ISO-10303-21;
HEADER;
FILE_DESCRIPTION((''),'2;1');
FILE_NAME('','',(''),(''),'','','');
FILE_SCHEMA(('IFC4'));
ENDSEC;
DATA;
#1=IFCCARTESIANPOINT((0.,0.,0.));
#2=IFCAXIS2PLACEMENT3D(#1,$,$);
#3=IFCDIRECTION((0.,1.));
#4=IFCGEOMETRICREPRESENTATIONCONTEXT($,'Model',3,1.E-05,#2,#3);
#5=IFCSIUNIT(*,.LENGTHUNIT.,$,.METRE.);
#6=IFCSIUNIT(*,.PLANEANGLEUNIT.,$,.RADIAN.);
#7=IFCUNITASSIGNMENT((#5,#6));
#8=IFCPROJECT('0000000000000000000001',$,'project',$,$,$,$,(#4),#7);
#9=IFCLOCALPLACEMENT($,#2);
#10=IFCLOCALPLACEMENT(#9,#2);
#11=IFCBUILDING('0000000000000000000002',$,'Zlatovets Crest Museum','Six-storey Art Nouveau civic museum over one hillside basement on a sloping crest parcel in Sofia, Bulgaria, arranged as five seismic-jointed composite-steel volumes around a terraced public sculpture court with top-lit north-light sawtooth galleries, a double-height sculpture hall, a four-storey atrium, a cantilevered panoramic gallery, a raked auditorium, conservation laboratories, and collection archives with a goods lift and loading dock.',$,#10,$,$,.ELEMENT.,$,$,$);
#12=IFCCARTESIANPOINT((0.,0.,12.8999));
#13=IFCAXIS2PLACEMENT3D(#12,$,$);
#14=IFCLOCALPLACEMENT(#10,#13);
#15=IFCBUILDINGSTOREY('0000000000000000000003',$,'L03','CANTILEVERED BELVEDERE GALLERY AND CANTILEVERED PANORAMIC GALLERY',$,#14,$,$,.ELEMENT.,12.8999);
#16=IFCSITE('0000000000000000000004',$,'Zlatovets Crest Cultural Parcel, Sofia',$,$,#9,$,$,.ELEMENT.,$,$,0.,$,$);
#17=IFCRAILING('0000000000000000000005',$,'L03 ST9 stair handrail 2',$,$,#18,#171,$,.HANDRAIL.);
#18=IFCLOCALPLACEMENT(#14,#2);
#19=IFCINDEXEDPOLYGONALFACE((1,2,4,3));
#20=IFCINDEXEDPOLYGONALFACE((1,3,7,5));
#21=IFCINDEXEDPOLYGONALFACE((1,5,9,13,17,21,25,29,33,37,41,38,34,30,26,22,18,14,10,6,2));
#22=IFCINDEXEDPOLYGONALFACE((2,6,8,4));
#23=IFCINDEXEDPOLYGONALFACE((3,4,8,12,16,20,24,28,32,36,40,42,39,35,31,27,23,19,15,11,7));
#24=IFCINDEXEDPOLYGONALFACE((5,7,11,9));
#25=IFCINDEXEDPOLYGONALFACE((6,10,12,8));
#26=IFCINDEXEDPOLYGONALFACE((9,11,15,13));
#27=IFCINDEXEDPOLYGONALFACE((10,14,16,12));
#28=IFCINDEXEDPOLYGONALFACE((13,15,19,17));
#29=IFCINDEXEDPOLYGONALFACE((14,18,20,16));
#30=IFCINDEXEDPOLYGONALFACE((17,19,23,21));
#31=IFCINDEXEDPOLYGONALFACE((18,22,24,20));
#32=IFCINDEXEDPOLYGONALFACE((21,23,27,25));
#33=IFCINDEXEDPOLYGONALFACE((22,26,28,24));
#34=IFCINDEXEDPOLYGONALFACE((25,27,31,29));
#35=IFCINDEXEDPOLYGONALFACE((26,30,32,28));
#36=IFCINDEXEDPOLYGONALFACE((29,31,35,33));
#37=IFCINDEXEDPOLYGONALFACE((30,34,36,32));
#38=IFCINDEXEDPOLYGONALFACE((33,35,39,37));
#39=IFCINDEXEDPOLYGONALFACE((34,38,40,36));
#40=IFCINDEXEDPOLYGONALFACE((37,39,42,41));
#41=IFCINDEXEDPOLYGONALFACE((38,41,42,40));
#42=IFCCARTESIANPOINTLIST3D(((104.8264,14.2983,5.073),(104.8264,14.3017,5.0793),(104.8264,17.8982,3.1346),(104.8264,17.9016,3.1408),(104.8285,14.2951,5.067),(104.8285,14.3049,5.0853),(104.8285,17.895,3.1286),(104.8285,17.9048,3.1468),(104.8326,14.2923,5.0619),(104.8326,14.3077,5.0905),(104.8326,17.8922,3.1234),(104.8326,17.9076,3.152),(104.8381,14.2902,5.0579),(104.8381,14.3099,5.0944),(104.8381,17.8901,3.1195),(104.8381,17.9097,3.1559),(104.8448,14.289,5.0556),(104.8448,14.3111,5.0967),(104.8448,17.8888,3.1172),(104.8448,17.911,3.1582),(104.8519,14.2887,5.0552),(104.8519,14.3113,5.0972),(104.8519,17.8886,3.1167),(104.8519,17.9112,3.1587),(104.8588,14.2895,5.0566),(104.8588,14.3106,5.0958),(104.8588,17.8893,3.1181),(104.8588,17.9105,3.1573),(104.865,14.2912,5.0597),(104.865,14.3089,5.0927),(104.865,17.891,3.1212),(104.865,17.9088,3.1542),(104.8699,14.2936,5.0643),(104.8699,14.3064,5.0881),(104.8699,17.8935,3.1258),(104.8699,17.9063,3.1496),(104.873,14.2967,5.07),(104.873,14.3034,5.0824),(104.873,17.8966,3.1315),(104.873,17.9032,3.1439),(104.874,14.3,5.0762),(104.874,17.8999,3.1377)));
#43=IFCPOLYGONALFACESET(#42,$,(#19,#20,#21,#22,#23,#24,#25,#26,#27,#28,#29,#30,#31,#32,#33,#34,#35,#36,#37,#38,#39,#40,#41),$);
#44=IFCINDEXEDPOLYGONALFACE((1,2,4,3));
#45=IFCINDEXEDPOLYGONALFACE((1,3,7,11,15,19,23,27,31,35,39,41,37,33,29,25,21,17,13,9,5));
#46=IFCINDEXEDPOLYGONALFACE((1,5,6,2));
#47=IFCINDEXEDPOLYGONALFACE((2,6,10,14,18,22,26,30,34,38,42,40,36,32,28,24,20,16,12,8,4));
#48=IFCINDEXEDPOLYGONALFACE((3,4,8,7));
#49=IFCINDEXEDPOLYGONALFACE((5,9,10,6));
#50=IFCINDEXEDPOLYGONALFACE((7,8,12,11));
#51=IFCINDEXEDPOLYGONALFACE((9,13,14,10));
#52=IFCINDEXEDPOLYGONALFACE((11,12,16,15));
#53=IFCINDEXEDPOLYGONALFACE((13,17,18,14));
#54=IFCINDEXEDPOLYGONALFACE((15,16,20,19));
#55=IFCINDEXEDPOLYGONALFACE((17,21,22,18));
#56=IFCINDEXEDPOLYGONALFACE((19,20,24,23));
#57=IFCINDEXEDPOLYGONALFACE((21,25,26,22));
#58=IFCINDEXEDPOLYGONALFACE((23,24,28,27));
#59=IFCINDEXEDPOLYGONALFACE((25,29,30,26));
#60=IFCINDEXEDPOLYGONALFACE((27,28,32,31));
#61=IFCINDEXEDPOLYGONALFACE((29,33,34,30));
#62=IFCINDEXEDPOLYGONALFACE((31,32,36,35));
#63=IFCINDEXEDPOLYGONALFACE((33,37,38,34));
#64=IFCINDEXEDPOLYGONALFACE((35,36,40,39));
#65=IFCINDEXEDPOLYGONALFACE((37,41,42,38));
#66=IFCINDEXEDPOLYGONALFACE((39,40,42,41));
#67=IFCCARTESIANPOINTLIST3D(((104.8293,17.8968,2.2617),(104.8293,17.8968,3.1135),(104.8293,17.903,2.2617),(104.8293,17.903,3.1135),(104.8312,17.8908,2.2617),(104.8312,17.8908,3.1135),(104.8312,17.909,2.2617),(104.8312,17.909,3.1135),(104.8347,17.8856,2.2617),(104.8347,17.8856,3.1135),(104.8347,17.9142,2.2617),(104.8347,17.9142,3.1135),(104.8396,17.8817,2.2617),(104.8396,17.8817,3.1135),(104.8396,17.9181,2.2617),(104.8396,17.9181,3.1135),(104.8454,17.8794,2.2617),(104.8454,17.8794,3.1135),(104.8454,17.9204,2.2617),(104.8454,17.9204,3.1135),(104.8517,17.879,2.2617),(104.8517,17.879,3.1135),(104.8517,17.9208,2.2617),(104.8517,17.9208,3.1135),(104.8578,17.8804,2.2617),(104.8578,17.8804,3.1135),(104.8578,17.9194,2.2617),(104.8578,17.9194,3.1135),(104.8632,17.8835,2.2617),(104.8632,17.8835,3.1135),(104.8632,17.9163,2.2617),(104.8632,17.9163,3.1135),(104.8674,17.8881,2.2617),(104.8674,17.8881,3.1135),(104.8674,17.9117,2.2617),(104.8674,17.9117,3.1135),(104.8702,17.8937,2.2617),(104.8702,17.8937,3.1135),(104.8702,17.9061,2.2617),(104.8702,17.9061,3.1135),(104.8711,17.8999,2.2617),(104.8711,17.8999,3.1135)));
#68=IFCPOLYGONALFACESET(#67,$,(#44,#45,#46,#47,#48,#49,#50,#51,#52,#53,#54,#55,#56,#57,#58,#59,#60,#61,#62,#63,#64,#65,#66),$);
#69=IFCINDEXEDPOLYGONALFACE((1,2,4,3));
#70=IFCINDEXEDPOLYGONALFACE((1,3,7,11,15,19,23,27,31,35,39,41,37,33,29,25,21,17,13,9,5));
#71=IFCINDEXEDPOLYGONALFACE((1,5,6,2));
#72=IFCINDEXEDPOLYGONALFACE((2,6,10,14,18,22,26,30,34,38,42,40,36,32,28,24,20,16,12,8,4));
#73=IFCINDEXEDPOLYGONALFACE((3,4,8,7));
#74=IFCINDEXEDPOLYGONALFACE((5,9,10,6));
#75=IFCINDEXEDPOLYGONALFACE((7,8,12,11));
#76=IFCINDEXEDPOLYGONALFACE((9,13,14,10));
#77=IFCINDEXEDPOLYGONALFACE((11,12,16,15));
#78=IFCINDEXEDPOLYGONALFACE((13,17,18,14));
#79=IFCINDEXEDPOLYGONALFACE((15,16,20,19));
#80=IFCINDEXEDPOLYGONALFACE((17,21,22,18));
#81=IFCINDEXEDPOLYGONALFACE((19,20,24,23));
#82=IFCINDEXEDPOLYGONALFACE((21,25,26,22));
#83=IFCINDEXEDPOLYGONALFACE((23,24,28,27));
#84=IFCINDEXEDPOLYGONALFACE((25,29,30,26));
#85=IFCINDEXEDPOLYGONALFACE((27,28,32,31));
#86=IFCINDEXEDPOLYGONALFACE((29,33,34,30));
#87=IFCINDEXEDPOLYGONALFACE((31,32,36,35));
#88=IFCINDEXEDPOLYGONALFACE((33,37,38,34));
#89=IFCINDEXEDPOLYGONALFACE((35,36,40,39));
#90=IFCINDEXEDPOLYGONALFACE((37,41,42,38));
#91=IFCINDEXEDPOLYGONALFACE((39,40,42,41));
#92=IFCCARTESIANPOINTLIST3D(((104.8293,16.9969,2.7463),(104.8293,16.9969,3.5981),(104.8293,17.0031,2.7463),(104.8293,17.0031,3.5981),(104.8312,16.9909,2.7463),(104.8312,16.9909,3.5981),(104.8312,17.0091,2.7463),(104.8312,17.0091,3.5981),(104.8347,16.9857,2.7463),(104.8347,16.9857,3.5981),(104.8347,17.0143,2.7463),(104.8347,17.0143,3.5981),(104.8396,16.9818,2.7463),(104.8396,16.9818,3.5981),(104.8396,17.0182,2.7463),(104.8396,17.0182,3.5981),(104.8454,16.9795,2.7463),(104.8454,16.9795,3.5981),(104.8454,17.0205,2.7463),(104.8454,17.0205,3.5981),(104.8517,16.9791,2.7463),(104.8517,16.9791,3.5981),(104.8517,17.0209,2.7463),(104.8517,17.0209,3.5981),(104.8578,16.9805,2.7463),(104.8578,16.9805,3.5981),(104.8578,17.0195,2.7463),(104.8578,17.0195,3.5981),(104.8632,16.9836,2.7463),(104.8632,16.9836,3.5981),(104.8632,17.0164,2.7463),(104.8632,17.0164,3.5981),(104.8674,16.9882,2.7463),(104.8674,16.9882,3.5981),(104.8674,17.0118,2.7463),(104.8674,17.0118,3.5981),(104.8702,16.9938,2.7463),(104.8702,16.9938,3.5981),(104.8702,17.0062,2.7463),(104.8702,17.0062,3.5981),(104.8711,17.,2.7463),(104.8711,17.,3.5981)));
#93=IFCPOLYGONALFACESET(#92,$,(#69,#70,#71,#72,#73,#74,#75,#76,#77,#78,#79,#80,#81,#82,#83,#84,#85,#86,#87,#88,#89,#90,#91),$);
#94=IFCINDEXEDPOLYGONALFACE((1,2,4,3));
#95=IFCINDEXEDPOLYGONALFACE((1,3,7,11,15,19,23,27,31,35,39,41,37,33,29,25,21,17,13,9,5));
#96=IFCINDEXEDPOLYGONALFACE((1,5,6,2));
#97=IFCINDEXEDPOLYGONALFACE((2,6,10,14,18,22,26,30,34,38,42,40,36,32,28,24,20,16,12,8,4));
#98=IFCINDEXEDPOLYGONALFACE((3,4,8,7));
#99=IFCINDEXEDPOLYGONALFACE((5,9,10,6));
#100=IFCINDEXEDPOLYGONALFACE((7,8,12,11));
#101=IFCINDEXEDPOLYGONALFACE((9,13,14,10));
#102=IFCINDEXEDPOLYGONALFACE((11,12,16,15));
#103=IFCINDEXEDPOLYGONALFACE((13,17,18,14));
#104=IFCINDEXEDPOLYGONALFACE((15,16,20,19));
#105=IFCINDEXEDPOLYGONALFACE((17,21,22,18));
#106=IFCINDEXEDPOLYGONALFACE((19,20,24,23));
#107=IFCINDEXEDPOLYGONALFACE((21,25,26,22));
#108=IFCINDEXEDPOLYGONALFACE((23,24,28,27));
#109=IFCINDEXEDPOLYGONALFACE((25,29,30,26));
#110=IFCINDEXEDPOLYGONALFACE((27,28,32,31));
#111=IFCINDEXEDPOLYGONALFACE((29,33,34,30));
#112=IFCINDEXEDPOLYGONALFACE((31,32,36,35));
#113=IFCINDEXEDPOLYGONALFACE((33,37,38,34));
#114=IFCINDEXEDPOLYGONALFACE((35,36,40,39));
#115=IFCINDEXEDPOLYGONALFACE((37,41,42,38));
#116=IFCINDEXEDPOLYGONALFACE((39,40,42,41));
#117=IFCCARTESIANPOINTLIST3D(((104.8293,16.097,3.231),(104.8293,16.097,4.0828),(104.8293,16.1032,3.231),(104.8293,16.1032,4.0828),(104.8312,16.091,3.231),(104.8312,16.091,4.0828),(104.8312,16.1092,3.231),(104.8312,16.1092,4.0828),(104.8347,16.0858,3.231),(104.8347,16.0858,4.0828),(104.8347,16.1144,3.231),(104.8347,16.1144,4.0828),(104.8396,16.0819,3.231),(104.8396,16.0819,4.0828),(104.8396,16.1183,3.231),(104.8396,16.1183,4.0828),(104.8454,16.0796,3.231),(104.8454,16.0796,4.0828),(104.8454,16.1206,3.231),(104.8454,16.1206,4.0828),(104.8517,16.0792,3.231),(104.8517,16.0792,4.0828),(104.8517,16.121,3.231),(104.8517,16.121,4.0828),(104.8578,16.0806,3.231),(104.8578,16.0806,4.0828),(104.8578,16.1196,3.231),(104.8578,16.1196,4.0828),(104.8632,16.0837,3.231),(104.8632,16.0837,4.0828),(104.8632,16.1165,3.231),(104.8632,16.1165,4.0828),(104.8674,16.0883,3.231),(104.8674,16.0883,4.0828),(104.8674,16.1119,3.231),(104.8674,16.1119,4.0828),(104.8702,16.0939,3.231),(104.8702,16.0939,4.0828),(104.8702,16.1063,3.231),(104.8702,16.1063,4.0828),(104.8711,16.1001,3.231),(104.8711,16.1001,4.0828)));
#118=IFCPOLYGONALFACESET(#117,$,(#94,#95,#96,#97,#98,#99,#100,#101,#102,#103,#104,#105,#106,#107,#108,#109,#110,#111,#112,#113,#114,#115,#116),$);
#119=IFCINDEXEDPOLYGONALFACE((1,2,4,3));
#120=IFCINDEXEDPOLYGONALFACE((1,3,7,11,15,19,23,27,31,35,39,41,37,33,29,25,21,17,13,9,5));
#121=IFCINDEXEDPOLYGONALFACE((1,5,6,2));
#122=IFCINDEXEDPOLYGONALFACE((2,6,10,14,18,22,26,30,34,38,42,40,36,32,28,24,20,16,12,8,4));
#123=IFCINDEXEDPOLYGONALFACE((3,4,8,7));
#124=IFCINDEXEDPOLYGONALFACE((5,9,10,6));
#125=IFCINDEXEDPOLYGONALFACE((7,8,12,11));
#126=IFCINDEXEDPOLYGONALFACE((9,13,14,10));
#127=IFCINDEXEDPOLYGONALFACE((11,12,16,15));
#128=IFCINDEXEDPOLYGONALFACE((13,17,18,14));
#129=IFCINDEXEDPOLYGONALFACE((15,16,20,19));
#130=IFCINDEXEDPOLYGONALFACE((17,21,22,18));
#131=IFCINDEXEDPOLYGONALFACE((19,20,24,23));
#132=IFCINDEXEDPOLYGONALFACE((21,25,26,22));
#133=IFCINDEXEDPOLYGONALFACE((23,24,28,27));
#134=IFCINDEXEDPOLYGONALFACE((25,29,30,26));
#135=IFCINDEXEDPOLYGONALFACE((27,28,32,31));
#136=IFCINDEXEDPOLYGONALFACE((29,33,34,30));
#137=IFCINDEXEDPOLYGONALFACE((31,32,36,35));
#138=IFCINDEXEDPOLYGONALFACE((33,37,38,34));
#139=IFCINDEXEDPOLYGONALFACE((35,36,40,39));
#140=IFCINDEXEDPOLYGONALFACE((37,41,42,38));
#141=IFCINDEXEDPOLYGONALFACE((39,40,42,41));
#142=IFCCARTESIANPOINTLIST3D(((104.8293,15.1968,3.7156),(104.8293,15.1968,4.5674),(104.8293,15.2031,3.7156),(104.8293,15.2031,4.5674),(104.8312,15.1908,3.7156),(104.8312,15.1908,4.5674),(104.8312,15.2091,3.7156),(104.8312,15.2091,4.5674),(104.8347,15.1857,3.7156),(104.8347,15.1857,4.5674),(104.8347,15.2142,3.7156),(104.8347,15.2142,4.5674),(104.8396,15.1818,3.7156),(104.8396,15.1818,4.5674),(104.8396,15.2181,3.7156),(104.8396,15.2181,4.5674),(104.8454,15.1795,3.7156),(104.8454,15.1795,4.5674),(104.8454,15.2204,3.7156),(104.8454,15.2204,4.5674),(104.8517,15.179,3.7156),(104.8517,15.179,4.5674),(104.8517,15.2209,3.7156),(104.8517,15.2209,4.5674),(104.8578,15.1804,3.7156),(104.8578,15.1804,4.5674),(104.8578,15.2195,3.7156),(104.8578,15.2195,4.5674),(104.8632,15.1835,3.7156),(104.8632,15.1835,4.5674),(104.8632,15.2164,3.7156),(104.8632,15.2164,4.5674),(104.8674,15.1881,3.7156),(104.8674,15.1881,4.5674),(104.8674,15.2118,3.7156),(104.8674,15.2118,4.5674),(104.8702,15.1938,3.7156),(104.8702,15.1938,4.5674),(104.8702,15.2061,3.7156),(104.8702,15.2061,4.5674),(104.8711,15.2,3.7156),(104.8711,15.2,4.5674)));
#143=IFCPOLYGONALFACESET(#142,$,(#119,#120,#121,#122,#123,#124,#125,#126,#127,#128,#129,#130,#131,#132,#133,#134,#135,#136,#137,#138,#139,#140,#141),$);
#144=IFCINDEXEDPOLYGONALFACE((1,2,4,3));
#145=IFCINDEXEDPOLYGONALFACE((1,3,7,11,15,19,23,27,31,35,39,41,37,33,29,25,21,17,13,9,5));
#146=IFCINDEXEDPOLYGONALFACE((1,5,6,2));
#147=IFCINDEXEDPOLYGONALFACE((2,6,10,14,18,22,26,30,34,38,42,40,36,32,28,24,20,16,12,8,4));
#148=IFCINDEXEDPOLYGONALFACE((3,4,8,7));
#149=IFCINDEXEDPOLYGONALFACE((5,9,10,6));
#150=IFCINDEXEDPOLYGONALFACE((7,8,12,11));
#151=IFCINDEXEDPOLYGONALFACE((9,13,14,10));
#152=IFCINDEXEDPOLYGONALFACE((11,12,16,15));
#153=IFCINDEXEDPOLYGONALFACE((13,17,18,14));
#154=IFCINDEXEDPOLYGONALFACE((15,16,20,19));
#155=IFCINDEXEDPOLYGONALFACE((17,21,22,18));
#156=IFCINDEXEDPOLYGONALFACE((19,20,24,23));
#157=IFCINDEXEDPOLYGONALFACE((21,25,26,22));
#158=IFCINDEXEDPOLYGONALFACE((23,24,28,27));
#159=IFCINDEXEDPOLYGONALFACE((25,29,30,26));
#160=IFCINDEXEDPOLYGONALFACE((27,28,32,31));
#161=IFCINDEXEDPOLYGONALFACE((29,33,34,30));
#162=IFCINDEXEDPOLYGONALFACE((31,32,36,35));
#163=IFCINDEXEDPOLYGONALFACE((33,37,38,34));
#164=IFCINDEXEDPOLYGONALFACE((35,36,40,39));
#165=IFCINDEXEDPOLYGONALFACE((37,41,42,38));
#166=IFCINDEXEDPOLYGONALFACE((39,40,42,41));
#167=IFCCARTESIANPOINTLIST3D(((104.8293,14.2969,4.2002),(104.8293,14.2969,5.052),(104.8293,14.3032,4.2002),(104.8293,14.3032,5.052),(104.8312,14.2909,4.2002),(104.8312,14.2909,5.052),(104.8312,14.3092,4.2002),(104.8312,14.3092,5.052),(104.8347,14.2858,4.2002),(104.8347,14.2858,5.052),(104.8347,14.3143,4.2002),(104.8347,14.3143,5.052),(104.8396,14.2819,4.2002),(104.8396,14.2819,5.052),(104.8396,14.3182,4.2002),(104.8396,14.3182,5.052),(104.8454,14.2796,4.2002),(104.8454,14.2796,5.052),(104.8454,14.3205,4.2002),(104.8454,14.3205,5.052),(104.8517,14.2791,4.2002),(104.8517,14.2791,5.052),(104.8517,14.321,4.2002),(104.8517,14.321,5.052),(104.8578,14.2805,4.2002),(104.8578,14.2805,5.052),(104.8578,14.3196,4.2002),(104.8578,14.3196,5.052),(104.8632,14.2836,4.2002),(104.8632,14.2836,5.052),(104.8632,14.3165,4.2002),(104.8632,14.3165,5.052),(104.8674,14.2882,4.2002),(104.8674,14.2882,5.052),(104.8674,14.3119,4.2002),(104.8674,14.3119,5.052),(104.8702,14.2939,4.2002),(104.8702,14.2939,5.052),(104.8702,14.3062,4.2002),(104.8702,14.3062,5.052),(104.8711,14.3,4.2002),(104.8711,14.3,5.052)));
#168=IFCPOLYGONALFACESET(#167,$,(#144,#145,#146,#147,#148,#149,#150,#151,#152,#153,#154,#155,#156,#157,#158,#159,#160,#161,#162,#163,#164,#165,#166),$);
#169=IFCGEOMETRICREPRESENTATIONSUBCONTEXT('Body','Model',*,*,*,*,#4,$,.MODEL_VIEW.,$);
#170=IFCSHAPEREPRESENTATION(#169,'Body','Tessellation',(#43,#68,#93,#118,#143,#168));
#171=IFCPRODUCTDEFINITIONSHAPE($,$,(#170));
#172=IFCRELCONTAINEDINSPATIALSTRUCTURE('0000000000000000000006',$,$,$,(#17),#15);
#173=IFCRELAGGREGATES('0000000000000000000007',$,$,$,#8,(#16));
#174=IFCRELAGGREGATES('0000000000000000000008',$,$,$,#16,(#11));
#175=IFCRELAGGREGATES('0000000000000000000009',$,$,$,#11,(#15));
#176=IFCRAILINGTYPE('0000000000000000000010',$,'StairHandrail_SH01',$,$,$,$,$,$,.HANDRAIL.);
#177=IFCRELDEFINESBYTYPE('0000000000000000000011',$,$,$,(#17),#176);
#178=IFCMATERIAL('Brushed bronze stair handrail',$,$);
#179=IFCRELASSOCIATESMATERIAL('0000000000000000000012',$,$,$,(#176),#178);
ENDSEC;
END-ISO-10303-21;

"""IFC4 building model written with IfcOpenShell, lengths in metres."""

from ifc_helpers import new_model, si_unit, direction, frame, origin, origin_2d, place, context, subcontext, project, spatial, circle, extrude, material, type_object, element, save


model = new_model("IFC4")

# Units and contexts
model_context = context("Model", 3, precision=1e-05, world=origin(), true_north=direction((0.0, 1.0)))
body_context = subcontext(model_context, "Body", "Model", "MODEL_VIEW")
ifc_project = project(units=[si_unit("LENGTHUNIT", "METRE"), si_unit("PLANEANGLEUNIT", "RADIAN")], contexts=[model_context])

# Site, building, storey
site_placement = place(None, origin())
site = spatial("IfcSite", under=ifc_project, at=site_placement, Name="Zlatovets Crest Cultural Parcel, Sofia", CompositionType="ELEMENT", RefElevation=0.0)
building_placement = place(site_placement, origin())
building = spatial("IfcBuilding", under=site, at=building_placement, Name="Zlatovets Crest Museum", Description="Six-storey Art Nouveau civic museum over one hillside basement on a sloping crest parcel in Sofia, Bulgaria, arranged as five seismic-jointed composite-steel volumes around a terraced public sculpture court with top-lit north-light sawtooth galleries, a double-height sculpture hall, a four-storey atrium, a cantilevered panoramic gallery, a raked auditorium, conservation laboratories, and collection archives with a goods lift and loading dock.", CompositionType="ELEMENT")
storey_placement = place(building_placement, frame((0.0, 0.0, 12.8999)))
storey = spatial("IfcBuildingStorey", under=building, at=storey_placement, Name="L03", Description="CANTILEVERED BELVEDERE GALLERY AND CANTILEVERED PANORAMIC GALLERY", CompositionType="ELEMENT", Elevation=12.8999)

# Railing
ifc_material_1 = material(Name="Brushed bronze stair handrail")
railing_type_1 = type_object("IfcRailingType", Name="StairHandrail_SH01", PredefinedType="HANDRAIL", material=ifc_material_1)
railing_1_placement = place(storey_placement, frame((104.8501, 17.8999, 2.2617)))
element("IfcRailing", 1, at=railing_1_placement, inside=storey, type_object=railing_type_1, Name="L03 ST9 stair handrail 2", PredefinedType="HANDRAIL", context=body_context, shape_type="SweptSolid", body=[
    extrude(circle(Radius=0.0239, at=origin_2d()), frame((0.0, 0.0, 0.876), z_axis=(0.0, -0.880462, 0.474118), x_axis=(1.0, 0.0, 0.0)), (0.0, 0.0, 1.0), 4.0886),
    extrude(circle(Radius=0.021, at=origin_2d()), origin(), (0.0, 0.0, 1.0), 0.8518),
    extrude(circle(Radius=0.021, at=origin_2d()), frame((0.0, -0.8999, 0.4846)), (0.0, 0.0, 1.0), 0.8518),
    extrude(circle(Radius=0.021, at=origin_2d()), frame((0.0, -1.7998, 0.9692)), (0.0, 0.0, 1.0), 0.8518),
    extrude(circle(Radius=0.021, at=origin_2d()), frame((0.0, -2.7, 1.4539)), (0.0, 0.0, 1.0), 0.8518),
    extrude(circle(Radius=0.021, at=origin_2d()), frame((0.0, -3.5999, 1.9385)), (0.0, 0.0, 1.0), 0.8518),
])

save(model, "model.ifc")
